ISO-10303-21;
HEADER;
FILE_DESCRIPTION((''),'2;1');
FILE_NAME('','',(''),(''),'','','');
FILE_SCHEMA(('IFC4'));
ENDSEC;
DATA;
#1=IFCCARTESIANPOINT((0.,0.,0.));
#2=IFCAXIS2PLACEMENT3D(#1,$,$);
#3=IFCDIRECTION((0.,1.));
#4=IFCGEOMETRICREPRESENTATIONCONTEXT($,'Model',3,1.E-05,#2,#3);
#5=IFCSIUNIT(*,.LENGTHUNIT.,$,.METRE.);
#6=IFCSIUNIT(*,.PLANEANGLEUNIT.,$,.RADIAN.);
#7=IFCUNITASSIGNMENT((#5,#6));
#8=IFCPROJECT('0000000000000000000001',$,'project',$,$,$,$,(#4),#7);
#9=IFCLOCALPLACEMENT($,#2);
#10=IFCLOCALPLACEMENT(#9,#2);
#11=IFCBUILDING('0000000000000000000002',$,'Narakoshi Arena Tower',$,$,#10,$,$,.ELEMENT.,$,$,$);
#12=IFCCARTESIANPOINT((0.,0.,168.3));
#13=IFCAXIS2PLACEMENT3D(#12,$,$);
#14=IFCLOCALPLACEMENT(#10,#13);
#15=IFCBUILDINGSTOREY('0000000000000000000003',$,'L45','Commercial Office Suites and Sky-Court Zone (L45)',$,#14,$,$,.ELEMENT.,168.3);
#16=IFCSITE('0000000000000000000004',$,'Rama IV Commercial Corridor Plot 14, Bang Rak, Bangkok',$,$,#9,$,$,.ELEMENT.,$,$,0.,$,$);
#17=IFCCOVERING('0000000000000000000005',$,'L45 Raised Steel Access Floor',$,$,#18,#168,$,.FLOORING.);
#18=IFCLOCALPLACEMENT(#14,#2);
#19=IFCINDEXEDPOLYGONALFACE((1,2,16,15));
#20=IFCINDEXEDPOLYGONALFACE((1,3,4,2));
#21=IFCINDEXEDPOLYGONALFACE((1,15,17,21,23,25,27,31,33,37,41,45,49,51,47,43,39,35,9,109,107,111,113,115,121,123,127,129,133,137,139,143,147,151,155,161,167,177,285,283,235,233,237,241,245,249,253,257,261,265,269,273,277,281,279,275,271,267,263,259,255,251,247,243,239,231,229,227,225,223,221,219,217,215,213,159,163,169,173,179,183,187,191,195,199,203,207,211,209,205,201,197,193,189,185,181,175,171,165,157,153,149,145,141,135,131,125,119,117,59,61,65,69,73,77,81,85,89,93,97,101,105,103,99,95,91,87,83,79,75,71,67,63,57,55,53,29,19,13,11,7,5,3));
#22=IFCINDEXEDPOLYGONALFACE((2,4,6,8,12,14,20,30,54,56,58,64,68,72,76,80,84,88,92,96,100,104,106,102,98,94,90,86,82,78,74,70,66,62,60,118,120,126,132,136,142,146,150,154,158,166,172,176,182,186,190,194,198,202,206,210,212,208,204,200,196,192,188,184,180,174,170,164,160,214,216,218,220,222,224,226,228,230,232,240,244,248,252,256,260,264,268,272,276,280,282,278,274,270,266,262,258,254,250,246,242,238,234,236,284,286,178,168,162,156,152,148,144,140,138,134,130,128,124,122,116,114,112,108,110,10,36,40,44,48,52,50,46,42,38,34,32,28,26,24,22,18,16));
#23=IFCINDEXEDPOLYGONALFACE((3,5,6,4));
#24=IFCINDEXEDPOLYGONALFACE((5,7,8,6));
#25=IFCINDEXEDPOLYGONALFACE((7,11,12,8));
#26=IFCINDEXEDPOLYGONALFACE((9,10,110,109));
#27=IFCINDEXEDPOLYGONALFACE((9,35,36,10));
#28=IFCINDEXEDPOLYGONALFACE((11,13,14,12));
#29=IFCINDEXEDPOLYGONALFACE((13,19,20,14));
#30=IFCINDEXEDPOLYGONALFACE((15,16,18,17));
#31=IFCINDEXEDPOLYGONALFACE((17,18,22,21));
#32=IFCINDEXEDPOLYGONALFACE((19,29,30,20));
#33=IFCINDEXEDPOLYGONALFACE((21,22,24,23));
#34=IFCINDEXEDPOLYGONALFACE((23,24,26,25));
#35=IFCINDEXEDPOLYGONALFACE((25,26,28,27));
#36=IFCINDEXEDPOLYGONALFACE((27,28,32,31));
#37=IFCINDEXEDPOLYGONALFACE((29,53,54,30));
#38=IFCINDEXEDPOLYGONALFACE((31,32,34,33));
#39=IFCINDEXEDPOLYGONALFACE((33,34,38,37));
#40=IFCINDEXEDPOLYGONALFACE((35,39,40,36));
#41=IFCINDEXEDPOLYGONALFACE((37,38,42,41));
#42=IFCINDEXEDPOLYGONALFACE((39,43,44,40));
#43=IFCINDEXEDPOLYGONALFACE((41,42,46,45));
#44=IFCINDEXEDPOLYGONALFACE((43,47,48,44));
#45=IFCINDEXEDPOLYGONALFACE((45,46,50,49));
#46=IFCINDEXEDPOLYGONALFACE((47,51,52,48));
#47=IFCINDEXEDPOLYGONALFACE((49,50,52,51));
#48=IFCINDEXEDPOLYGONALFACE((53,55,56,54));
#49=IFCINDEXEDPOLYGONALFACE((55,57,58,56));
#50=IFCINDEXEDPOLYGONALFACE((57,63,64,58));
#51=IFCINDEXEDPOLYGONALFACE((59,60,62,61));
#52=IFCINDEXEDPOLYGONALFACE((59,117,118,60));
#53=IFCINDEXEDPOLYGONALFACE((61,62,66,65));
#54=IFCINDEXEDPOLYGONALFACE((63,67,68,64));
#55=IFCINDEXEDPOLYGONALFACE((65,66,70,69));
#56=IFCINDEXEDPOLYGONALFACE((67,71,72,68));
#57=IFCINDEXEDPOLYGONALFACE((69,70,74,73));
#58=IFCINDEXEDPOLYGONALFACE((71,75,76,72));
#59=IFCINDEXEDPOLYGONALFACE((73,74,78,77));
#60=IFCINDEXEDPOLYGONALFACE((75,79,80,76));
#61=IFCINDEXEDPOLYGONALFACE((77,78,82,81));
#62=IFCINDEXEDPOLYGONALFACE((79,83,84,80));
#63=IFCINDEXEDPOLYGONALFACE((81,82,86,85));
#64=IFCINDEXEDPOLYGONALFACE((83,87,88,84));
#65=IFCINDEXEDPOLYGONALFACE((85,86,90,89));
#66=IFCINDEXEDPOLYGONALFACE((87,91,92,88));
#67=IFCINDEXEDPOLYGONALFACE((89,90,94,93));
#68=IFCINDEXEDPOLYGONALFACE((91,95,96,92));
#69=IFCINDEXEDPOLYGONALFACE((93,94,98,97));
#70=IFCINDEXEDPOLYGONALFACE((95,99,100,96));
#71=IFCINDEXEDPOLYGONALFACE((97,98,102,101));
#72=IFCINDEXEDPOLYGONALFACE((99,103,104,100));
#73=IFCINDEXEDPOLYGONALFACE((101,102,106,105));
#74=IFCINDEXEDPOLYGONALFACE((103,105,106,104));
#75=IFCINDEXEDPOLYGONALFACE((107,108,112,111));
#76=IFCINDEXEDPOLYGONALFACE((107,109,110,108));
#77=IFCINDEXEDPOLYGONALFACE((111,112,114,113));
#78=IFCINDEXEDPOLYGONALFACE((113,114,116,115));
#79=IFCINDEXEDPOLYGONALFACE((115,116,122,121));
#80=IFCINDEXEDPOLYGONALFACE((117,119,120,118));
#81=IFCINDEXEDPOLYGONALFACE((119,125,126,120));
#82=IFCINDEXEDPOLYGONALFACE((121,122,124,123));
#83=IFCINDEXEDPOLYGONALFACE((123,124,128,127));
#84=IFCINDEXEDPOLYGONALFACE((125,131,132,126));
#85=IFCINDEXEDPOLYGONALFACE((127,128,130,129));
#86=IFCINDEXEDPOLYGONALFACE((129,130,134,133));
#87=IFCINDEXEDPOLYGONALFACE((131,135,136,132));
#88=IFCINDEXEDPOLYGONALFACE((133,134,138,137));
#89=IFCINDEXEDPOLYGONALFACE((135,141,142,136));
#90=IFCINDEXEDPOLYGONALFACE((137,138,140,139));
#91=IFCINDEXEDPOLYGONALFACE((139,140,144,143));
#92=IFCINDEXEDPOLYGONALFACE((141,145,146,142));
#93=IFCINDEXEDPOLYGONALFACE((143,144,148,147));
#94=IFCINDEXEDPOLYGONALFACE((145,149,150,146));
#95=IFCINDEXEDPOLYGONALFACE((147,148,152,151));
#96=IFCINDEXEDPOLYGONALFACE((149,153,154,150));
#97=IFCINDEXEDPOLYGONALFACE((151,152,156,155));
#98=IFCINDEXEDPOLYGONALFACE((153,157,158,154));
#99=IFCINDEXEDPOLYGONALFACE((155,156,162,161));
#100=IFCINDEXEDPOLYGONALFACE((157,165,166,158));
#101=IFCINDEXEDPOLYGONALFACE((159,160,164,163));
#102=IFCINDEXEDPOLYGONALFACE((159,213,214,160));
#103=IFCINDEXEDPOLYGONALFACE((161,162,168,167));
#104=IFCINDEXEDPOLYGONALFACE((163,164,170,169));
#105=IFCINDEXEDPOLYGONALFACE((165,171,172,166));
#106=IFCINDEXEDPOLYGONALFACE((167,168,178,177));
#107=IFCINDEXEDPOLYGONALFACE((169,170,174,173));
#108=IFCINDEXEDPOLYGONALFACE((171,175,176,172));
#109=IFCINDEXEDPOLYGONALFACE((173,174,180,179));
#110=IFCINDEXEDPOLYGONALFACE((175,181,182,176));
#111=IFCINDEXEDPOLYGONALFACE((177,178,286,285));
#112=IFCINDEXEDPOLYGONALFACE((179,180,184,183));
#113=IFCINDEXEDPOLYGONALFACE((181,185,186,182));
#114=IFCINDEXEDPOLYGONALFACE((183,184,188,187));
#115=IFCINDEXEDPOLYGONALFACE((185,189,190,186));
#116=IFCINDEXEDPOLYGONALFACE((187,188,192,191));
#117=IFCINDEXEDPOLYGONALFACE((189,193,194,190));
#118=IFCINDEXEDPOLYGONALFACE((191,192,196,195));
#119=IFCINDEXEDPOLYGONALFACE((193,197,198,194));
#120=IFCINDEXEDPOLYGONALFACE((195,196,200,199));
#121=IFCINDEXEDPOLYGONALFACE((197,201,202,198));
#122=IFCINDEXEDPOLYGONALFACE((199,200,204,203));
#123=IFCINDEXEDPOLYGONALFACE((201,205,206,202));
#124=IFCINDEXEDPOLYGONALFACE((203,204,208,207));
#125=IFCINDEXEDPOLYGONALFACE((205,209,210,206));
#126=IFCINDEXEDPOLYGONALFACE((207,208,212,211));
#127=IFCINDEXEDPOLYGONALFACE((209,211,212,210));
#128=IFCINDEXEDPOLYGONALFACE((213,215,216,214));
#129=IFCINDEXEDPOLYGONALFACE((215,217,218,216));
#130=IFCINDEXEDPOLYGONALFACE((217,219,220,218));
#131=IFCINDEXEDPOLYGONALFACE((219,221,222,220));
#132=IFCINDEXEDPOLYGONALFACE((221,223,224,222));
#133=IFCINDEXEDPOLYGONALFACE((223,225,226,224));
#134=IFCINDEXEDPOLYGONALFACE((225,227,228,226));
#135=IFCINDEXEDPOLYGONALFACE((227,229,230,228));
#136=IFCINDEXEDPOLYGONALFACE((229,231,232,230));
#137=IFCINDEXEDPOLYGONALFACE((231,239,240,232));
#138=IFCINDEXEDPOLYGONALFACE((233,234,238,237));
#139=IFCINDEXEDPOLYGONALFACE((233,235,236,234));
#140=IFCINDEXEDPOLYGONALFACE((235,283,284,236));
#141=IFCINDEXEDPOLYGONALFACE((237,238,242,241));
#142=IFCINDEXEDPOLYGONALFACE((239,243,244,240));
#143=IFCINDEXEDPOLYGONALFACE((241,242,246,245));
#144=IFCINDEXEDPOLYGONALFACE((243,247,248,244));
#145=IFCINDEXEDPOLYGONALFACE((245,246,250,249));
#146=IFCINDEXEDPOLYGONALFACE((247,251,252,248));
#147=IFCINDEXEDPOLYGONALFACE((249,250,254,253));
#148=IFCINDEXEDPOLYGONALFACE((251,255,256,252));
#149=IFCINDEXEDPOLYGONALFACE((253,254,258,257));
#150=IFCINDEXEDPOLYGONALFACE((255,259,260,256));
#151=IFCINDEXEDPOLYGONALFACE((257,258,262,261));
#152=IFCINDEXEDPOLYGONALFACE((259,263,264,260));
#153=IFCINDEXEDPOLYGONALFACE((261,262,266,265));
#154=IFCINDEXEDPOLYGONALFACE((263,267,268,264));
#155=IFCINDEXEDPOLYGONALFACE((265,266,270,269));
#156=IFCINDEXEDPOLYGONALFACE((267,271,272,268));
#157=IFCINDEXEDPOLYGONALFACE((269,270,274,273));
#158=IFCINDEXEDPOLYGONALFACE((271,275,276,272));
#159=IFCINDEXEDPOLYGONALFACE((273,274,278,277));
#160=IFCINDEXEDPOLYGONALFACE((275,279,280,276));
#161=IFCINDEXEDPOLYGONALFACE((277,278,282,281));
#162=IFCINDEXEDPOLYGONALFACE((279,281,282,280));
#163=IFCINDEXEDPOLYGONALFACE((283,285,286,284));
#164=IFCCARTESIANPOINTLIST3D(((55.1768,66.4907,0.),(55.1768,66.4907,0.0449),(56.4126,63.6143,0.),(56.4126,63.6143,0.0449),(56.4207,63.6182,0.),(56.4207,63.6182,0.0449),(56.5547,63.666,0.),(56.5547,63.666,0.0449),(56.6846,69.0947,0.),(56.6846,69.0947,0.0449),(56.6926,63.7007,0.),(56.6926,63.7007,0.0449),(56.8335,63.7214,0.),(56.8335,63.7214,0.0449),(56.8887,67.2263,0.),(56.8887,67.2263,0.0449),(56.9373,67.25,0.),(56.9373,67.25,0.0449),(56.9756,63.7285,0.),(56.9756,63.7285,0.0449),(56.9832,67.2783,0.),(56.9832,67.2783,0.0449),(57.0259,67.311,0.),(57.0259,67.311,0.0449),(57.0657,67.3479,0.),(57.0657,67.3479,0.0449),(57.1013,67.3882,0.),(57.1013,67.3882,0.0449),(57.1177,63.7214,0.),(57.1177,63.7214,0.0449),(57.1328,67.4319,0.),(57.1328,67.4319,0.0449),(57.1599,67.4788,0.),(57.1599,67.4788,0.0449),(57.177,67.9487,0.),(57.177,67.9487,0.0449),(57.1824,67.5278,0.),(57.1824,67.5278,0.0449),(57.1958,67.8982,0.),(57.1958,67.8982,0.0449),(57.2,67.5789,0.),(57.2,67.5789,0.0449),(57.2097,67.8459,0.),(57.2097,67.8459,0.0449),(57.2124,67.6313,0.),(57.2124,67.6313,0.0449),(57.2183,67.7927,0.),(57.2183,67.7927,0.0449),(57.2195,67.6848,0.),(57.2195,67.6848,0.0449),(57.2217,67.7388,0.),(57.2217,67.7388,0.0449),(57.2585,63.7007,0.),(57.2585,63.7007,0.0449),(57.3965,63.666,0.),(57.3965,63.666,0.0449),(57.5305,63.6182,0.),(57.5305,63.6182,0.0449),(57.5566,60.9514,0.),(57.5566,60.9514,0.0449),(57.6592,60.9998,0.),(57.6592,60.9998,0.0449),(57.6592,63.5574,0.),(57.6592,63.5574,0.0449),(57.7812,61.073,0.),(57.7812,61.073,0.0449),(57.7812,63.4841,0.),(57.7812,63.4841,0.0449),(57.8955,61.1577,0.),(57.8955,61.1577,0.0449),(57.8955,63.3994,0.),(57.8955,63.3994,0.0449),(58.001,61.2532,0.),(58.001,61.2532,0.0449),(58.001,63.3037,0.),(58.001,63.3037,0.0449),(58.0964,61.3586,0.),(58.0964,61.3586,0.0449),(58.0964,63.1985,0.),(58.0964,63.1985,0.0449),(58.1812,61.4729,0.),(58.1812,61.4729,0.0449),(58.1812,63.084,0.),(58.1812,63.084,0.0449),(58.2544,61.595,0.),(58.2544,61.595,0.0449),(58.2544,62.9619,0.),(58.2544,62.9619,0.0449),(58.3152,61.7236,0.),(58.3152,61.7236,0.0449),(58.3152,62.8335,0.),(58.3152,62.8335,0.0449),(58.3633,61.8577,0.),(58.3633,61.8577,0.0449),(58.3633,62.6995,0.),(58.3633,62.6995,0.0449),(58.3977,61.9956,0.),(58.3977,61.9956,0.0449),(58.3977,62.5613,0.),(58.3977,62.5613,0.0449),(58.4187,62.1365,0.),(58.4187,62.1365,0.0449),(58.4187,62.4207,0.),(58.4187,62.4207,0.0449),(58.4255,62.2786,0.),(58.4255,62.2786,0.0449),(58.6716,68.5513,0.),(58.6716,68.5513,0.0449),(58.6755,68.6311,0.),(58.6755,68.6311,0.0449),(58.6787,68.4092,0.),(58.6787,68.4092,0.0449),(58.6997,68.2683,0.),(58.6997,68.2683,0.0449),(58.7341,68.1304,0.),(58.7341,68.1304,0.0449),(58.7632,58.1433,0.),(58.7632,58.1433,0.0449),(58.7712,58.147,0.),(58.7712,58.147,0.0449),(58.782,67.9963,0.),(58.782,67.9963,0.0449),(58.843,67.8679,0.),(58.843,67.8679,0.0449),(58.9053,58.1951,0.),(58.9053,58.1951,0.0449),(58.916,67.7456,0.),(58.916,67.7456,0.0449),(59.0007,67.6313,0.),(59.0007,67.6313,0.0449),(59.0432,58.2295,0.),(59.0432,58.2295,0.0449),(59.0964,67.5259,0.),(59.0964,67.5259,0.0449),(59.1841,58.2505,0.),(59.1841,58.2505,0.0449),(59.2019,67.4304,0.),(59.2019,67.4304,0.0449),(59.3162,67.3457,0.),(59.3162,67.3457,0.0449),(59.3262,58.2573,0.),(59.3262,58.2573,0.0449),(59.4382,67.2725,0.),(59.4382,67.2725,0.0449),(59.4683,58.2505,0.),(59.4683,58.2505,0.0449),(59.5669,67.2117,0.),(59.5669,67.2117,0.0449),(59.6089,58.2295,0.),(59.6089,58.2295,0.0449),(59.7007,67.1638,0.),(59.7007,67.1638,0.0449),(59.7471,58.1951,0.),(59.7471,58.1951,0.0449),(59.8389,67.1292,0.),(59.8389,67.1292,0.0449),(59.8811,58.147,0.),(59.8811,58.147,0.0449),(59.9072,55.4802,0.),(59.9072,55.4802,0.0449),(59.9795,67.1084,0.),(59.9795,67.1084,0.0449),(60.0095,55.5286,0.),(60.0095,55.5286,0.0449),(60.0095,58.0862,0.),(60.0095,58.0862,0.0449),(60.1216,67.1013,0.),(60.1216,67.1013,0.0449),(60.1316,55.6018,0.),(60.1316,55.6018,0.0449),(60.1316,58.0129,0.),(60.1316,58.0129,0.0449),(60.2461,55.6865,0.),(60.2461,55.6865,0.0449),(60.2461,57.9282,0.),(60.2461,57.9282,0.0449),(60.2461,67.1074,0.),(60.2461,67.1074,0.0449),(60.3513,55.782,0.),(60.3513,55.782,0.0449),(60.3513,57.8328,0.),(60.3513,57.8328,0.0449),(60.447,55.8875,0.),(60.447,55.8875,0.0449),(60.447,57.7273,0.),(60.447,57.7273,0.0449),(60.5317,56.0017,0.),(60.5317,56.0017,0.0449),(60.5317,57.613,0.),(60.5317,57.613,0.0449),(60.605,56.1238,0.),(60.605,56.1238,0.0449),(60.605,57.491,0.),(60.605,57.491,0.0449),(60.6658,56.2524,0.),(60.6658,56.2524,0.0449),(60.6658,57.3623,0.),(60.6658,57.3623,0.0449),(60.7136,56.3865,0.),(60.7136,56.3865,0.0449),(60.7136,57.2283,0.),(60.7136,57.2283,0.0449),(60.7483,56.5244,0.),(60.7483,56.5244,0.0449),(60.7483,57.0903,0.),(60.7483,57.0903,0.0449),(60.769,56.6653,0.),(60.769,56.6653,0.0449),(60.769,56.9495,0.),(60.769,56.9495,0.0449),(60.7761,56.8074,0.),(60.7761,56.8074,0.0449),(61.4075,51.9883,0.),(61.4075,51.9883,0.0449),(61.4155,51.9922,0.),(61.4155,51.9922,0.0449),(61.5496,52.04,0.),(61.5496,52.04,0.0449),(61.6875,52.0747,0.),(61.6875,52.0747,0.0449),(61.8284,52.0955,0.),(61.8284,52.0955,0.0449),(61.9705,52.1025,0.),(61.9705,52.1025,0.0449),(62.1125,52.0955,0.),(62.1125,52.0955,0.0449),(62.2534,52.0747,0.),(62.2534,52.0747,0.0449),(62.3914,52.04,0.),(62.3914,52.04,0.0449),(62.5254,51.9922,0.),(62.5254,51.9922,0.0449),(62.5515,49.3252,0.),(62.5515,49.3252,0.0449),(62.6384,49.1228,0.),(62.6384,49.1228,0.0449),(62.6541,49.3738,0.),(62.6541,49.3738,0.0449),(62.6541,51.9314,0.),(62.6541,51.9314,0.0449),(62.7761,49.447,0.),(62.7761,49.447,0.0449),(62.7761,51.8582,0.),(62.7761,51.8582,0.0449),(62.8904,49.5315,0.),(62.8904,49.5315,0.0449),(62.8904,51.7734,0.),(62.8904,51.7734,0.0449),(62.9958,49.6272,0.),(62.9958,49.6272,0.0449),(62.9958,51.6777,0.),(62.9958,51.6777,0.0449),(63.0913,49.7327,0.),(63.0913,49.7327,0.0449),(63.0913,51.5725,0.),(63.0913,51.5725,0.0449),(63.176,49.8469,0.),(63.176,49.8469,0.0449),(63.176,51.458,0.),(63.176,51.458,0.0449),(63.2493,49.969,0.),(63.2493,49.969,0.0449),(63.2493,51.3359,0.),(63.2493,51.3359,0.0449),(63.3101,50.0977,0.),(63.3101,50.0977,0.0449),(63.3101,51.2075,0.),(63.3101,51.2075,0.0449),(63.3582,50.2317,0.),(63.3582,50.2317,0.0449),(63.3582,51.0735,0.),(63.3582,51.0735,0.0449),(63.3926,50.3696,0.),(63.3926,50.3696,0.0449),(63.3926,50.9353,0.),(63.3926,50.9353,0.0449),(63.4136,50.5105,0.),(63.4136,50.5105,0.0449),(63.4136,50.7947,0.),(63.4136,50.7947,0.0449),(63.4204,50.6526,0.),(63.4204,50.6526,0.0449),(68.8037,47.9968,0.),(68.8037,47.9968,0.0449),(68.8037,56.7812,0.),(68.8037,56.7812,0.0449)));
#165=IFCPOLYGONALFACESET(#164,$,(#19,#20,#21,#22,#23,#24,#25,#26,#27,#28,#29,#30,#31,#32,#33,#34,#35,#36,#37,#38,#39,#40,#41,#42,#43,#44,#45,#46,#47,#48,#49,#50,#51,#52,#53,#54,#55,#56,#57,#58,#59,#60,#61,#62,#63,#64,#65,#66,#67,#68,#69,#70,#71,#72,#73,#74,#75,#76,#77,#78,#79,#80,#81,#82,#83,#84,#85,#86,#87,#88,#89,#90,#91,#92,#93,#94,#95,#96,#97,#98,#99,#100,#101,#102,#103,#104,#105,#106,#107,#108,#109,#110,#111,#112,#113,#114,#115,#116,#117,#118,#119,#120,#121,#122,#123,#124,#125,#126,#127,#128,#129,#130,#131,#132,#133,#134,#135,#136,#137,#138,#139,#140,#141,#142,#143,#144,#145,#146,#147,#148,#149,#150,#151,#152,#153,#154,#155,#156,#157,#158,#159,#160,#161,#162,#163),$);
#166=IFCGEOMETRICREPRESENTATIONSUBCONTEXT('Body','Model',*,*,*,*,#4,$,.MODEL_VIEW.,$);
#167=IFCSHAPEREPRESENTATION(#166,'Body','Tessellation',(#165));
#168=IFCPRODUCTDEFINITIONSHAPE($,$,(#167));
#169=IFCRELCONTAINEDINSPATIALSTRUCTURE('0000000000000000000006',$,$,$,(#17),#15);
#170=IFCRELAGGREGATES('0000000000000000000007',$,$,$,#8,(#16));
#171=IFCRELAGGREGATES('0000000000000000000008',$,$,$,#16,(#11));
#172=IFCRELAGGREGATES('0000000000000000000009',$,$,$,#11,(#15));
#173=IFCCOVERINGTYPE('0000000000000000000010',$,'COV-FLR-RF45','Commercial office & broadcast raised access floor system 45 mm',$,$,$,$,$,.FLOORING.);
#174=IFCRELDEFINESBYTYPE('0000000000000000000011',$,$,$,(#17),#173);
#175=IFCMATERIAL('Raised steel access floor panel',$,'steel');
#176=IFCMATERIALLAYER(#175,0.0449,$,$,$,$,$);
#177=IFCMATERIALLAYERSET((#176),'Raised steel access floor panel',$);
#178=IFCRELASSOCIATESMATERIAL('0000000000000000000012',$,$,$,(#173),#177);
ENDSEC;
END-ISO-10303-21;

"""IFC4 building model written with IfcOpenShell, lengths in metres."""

from ifc_helpers import new_model, si_unit, direction, frame, origin, place, context, subcontext, project, spatial, polyline, outline, extrude, material, layer, layer_set, type_object, element, save


model = new_model("IFC4")

# Units and contexts
model_context = context("Model", 3, precision=1e-05, world=origin(), true_north=direction((0.0, 1.0)))
body_context = subcontext(model_context, "Body", "Model", "MODEL_VIEW")
ifc_project = project(units=[si_unit("LENGTHUNIT", "METRE"), si_unit("PLANEANGLEUNIT", "RADIAN")], contexts=[model_context])

# Site, building, storey
site_placement = place(None, origin())
site = spatial("IfcSite", under=ifc_project, at=site_placement, Name="Rama IV Commercial Corridor Plot 14, Bang Rak, Bangkok", CompositionType="ELEMENT", RefElevation=0.0)
building_placement = place(site_placement, origin())
building = spatial("IfcBuilding", under=site, at=building_placement, Name="Narakoshi Arena Tower", CompositionType="ELEMENT")
storey_placement = place(building_placement, frame((0.0, 0.0, 168.3)))
storey = spatial("IfcBuildingStorey", under=building, at=storey_placement, Name="L45", Description="Commercial Office Suites and Sky-Court Zone (L45)", CompositionType="ELEMENT", Elevation=168.3)

# Covering
ifc_material_1 = material(Name="Raised steel access floor panel", Category="steel")
ifc_layer_1 = layer(ifc_material_1, 0.0449)
ifc_layer_set_1 = layer_set([ifc_layer_1], Name="Raised steel access floor panel")
covering_type_1 = type_object("IfcCoveringType", Name="COV-FLR-RF45", Description="Commercial office & broadcast raised access floor system 45 mm", PredefinedType="FLOORING", material=ifc_layer_set_1)
covering_1_placement = place(storey_placement, origin())
element("IfcCovering", 1, at=covering_1_placement, inside=storey, type_object=covering_type_1, Name="L45 Raised Steel Access Floor", PredefinedType="FLOORING", context=body_context, shape_type="SweptSolid", body=[
    extrude(outline(polyline([(56.9373, 67.25), (56.9832, 67.2783), (57.0259, 67.311), (57.0657, 67.3479), (57.1013, 67.3882), (57.1328, 67.4319), (57.1599, 67.4788), (57.1824, 67.5278), (57.2, 67.5789), (57.2124, 67.6313), (57.2195, 67.6848), (57.2217, 67.7388), (57.2183, 67.7927), (57.2097, 67.8459), (57.1958, 67.8982), (57.177, 67.9487), (56.6846, 69.0947), (58.6755, 68.6311), (58.6716, 68.5513), (58.6787, 68.4092), (58.6997, 68.2683), (58.7341, 68.1304), (58.782, 67.9963), (58.843, 67.8679), (58.916, 67.7456), (59.0007, 67.6313), (59.0964, 67.5259), (59.2019, 67.4304), (59.3162, 67.3457), (59.4382, 67.2725), (59.5669, 67.2117), (59.7007, 67.1638), (59.8389, 67.1292), (59.9795, 67.1084), (60.1216, 67.1013), (60.2461, 67.1074), (68.8037, 56.7812), (68.8037, 47.9968), (62.6384, 49.1228), (62.5515, 49.3252), (62.6541, 49.3738), (62.7761, 49.447), (62.8904, 49.5315), (62.9958, 49.6272), (63.0913, 49.7327), (63.176, 49.8469), (63.2493, 49.969), (63.3101, 50.0977), (63.3582, 50.2317), (63.3926, 50.3696), (63.4136, 50.5105), (63.4204, 50.6526), (63.4136, 50.7947), (63.3926, 50.9353), (63.3582, 51.0735), (63.3101, 51.2075), (63.2493, 51.3359), (63.176, 51.458), (63.0913, 51.5725), (62.9958, 51.6777), (62.8904, 51.7734), (62.7761, 51.8582), (62.6541, 51.9314), (62.5254, 51.9922), (62.3914, 52.04), (62.2534, 52.0747), (62.1125, 52.0955), (61.9705, 52.1025), (61.8284, 52.0955), (61.6875, 52.0747), (61.5496, 52.04), (61.4155, 51.9922), (61.4075, 51.9883), (59.9072, 55.4802), (60.0095, 55.5286), (60.1316, 55.6018), (60.2461, 55.6865), (60.3513, 55.782), (60.447, 55.8875), (60.5317, 56.0017), (60.605, 56.1238), (60.6658, 56.2524), (60.7136, 56.3865), (60.7483, 56.5244), (60.769, 56.6653), (60.7761, 56.8074), (60.769, 56.9495), (60.7483, 57.0903), (60.7136, 57.2283), (60.6658, 57.3623), (60.605, 57.491), (60.5317, 57.613), (60.447, 57.7273), (60.3513, 57.8328), (60.2461, 57.9282), (60.1316, 58.0129), (60.0095, 58.0862), (59.8811, 58.147), (59.7471, 58.1951), (59.6089, 58.2295), (59.4683, 58.2505), (59.3262, 58.2573), (59.1841, 58.2505), (59.0432, 58.2295), (58.9053, 58.1951), (58.7712, 58.147), (58.7632, 58.1433), (57.5566, 60.9514), (57.6592, 60.9998), (57.7812, 61.073), (57.8955, 61.1577), (58.001, 61.2532), (58.0964, 61.3586), (58.1812, 61.4729), (58.2544, 61.595), (58.3152, 61.7236), (58.3633, 61.8577), (58.3977, 61.9956), (58.4187, 62.1365), (58.4255, 62.2786), (58.4187, 62.4207), (58.3977, 62.5613), (58.3633, 62.6995), (58.3152, 62.8335), (58.2544, 62.9619), (58.1812, 63.084), (58.0964, 63.1985), (58.001, 63.3037), (57.8955, 63.3994), (57.7812, 63.4841), (57.6592, 63.5574), (57.5305, 63.6182), (57.3965, 63.666), (57.2585, 63.7007), (57.1177, 63.7214), (56.9756, 63.7285), (56.8335, 63.7214), (56.6926, 63.7007), (56.5547, 63.666), (56.4207, 63.6182), (56.4126, 63.6143), (55.1768, 66.4907), (56.8887, 67.2263), (56.9373, 67.25)])), origin(), (0.0, 0.0, 1.0), 0.0449),
])

save(model, "model.ifc")
